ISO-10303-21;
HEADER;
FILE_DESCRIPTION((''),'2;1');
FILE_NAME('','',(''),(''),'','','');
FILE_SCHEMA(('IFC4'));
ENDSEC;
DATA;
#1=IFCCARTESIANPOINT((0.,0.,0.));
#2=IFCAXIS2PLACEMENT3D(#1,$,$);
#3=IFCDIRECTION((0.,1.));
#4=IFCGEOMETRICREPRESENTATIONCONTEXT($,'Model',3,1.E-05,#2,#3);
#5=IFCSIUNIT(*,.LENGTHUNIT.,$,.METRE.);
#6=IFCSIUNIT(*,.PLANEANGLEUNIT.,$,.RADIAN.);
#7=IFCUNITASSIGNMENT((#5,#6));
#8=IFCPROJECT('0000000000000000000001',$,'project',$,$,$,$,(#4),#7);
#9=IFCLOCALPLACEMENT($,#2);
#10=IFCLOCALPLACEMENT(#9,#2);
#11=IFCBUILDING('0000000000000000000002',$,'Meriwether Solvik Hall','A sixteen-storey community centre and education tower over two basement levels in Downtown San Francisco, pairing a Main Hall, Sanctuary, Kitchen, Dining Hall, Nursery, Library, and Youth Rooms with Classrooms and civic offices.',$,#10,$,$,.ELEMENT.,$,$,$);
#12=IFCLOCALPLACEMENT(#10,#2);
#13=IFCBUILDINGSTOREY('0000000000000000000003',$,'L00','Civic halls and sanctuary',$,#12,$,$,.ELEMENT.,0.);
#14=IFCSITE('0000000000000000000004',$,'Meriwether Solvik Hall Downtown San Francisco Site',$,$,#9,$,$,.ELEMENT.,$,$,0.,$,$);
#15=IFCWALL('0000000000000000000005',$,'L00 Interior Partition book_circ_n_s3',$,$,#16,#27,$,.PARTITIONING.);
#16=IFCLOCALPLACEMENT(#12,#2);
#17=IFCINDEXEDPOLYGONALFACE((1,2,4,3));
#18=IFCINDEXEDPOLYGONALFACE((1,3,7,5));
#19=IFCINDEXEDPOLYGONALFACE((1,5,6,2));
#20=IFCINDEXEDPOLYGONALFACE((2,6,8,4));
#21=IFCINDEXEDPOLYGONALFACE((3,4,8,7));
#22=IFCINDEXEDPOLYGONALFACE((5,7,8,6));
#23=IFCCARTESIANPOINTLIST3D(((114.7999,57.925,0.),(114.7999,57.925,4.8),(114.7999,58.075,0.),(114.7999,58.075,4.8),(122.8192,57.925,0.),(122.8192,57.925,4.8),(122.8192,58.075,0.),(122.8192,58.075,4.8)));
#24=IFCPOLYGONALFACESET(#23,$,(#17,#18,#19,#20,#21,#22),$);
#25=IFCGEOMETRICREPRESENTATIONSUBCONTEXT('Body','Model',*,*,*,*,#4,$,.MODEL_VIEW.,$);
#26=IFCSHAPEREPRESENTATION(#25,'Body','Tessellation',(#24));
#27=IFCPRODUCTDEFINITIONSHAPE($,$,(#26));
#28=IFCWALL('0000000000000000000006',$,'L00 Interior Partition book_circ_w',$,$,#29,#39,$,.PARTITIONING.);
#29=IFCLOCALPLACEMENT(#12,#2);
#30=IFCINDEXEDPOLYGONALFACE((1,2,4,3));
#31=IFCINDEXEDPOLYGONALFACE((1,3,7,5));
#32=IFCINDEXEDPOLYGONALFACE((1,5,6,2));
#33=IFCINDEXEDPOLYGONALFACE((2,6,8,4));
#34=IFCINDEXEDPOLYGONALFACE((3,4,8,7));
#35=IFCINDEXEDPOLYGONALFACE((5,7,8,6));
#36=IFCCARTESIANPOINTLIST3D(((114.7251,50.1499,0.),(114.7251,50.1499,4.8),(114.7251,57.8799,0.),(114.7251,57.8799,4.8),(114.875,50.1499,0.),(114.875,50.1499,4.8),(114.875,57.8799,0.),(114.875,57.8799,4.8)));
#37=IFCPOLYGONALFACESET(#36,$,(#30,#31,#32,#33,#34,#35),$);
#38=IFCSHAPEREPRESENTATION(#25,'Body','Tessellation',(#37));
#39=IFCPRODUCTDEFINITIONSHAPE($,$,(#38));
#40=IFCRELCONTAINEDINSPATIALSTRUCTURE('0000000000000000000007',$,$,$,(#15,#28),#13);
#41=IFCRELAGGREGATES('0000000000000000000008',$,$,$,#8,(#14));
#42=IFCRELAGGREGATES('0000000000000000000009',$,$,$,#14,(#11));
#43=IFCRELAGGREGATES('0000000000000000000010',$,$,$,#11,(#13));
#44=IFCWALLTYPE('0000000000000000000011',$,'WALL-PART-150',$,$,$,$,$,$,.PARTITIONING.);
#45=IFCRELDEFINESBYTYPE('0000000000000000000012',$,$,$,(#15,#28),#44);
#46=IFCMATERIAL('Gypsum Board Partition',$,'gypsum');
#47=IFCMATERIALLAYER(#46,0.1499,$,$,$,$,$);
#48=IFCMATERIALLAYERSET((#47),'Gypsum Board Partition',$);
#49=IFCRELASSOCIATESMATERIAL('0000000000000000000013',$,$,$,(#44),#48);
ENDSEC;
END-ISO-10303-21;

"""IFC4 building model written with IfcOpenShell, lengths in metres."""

from ifc_helpers import new_model, si_unit, direction, frame, frame_2d, origin, place, context, subcontext, project, spatial, rectangle, extrude, material, layer, layer_set, type_object, element, save


model = new_model("IFC4")

# Units and contexts
model_context = context("Model", 3, precision=1e-05, world=origin(), true_north=direction((0.0, 1.0)))
body_context = subcontext(model_context, "Body", "Model", "MODEL_VIEW")
ifc_project = project(units=[si_unit("LENGTHUNIT", "METRE"), si_unit("PLANEANGLEUNIT", "RADIAN")], contexts=[model_context])

# Site, building, storey
site_placement = place(None, origin())
site = spatial("IfcSite", under=ifc_project, at=site_placement, Name="Meriwether Solvik Hall Downtown San Francisco Site", CompositionType="ELEMENT", RefElevation=0.0)
building_placement = place(site_placement, origin())
building = spatial("IfcBuilding", under=site, at=building_placement, Name="Meriwether Solvik Hall", Description="A sixteen-storey community centre and education tower over two basement levels in Downtown San Francisco, pairing a Main Hall, Sanctuary, Kitchen, Dining Hall, Nursery, Library, and Youth Rooms with Classrooms and civic offices.", CompositionType="ELEMENT")
storey_placement = place(building_placement, origin())
storey = spatial("IfcBuildingStorey", under=building, at=storey_placement, Name="L00", Description="Civic halls and sanctuary", CompositionType="ELEMENT", Elevation=0.0)

# Walls
ifc_material_1 = material(Name="Gypsum Board Partition", Category="gypsum")
ifc_layer_1 = layer(ifc_material_1, 0.1499)
ifc_layer_set_1 = layer_set([ifc_layer_1], Name="Gypsum Board Partition")
wall_type_1 = type_object("IfcWallType", Name="WALL-PART-150", PredefinedType="PARTITIONING", material=ifc_layer_set_1)
wall_1_placement = place(storey_placement, frame((122.8193, 58.0, 0.0), z_axis=(0.0, 0.0, 1.0), x_axis=(-1.0, 0.0, 0.0)))
element("IfcWall", 1, at=wall_1_placement, inside=storey, type_object=wall_type_1, Name="L00 Interior Partition book_circ_n_s3", PredefinedType="PARTITIONING", context=body_context, shape_type="SweptSolid", body=[
    extrude(rectangle(XDim=8.0193, YDim=0.1499, at=frame_2d((4.0098, 0.0))), origin(), (0.0, 0.0, 1.0), 4.8),
])
wall_2_placement = place(storey_placement, frame((114.8, 57.8799, 0.0), z_axis=(0.0, 0.0, 1.0), x_axis=(0.0, -1.0, 0.0)))
element("IfcWall", 2, at=wall_2_placement, inside=storey, type_object=wall_type_1, Name="L00 Interior Partition book_circ_w", PredefinedType="PARTITIONING", context=body_context, shape_type="SweptSolid", body=[
    extrude(rectangle(XDim=7.73, YDim=0.1499, at=frame_2d((3.865, 0.0))), origin(), (0.0, 0.0, 1.0), 4.8),
])

save(model, "model.ifc")
